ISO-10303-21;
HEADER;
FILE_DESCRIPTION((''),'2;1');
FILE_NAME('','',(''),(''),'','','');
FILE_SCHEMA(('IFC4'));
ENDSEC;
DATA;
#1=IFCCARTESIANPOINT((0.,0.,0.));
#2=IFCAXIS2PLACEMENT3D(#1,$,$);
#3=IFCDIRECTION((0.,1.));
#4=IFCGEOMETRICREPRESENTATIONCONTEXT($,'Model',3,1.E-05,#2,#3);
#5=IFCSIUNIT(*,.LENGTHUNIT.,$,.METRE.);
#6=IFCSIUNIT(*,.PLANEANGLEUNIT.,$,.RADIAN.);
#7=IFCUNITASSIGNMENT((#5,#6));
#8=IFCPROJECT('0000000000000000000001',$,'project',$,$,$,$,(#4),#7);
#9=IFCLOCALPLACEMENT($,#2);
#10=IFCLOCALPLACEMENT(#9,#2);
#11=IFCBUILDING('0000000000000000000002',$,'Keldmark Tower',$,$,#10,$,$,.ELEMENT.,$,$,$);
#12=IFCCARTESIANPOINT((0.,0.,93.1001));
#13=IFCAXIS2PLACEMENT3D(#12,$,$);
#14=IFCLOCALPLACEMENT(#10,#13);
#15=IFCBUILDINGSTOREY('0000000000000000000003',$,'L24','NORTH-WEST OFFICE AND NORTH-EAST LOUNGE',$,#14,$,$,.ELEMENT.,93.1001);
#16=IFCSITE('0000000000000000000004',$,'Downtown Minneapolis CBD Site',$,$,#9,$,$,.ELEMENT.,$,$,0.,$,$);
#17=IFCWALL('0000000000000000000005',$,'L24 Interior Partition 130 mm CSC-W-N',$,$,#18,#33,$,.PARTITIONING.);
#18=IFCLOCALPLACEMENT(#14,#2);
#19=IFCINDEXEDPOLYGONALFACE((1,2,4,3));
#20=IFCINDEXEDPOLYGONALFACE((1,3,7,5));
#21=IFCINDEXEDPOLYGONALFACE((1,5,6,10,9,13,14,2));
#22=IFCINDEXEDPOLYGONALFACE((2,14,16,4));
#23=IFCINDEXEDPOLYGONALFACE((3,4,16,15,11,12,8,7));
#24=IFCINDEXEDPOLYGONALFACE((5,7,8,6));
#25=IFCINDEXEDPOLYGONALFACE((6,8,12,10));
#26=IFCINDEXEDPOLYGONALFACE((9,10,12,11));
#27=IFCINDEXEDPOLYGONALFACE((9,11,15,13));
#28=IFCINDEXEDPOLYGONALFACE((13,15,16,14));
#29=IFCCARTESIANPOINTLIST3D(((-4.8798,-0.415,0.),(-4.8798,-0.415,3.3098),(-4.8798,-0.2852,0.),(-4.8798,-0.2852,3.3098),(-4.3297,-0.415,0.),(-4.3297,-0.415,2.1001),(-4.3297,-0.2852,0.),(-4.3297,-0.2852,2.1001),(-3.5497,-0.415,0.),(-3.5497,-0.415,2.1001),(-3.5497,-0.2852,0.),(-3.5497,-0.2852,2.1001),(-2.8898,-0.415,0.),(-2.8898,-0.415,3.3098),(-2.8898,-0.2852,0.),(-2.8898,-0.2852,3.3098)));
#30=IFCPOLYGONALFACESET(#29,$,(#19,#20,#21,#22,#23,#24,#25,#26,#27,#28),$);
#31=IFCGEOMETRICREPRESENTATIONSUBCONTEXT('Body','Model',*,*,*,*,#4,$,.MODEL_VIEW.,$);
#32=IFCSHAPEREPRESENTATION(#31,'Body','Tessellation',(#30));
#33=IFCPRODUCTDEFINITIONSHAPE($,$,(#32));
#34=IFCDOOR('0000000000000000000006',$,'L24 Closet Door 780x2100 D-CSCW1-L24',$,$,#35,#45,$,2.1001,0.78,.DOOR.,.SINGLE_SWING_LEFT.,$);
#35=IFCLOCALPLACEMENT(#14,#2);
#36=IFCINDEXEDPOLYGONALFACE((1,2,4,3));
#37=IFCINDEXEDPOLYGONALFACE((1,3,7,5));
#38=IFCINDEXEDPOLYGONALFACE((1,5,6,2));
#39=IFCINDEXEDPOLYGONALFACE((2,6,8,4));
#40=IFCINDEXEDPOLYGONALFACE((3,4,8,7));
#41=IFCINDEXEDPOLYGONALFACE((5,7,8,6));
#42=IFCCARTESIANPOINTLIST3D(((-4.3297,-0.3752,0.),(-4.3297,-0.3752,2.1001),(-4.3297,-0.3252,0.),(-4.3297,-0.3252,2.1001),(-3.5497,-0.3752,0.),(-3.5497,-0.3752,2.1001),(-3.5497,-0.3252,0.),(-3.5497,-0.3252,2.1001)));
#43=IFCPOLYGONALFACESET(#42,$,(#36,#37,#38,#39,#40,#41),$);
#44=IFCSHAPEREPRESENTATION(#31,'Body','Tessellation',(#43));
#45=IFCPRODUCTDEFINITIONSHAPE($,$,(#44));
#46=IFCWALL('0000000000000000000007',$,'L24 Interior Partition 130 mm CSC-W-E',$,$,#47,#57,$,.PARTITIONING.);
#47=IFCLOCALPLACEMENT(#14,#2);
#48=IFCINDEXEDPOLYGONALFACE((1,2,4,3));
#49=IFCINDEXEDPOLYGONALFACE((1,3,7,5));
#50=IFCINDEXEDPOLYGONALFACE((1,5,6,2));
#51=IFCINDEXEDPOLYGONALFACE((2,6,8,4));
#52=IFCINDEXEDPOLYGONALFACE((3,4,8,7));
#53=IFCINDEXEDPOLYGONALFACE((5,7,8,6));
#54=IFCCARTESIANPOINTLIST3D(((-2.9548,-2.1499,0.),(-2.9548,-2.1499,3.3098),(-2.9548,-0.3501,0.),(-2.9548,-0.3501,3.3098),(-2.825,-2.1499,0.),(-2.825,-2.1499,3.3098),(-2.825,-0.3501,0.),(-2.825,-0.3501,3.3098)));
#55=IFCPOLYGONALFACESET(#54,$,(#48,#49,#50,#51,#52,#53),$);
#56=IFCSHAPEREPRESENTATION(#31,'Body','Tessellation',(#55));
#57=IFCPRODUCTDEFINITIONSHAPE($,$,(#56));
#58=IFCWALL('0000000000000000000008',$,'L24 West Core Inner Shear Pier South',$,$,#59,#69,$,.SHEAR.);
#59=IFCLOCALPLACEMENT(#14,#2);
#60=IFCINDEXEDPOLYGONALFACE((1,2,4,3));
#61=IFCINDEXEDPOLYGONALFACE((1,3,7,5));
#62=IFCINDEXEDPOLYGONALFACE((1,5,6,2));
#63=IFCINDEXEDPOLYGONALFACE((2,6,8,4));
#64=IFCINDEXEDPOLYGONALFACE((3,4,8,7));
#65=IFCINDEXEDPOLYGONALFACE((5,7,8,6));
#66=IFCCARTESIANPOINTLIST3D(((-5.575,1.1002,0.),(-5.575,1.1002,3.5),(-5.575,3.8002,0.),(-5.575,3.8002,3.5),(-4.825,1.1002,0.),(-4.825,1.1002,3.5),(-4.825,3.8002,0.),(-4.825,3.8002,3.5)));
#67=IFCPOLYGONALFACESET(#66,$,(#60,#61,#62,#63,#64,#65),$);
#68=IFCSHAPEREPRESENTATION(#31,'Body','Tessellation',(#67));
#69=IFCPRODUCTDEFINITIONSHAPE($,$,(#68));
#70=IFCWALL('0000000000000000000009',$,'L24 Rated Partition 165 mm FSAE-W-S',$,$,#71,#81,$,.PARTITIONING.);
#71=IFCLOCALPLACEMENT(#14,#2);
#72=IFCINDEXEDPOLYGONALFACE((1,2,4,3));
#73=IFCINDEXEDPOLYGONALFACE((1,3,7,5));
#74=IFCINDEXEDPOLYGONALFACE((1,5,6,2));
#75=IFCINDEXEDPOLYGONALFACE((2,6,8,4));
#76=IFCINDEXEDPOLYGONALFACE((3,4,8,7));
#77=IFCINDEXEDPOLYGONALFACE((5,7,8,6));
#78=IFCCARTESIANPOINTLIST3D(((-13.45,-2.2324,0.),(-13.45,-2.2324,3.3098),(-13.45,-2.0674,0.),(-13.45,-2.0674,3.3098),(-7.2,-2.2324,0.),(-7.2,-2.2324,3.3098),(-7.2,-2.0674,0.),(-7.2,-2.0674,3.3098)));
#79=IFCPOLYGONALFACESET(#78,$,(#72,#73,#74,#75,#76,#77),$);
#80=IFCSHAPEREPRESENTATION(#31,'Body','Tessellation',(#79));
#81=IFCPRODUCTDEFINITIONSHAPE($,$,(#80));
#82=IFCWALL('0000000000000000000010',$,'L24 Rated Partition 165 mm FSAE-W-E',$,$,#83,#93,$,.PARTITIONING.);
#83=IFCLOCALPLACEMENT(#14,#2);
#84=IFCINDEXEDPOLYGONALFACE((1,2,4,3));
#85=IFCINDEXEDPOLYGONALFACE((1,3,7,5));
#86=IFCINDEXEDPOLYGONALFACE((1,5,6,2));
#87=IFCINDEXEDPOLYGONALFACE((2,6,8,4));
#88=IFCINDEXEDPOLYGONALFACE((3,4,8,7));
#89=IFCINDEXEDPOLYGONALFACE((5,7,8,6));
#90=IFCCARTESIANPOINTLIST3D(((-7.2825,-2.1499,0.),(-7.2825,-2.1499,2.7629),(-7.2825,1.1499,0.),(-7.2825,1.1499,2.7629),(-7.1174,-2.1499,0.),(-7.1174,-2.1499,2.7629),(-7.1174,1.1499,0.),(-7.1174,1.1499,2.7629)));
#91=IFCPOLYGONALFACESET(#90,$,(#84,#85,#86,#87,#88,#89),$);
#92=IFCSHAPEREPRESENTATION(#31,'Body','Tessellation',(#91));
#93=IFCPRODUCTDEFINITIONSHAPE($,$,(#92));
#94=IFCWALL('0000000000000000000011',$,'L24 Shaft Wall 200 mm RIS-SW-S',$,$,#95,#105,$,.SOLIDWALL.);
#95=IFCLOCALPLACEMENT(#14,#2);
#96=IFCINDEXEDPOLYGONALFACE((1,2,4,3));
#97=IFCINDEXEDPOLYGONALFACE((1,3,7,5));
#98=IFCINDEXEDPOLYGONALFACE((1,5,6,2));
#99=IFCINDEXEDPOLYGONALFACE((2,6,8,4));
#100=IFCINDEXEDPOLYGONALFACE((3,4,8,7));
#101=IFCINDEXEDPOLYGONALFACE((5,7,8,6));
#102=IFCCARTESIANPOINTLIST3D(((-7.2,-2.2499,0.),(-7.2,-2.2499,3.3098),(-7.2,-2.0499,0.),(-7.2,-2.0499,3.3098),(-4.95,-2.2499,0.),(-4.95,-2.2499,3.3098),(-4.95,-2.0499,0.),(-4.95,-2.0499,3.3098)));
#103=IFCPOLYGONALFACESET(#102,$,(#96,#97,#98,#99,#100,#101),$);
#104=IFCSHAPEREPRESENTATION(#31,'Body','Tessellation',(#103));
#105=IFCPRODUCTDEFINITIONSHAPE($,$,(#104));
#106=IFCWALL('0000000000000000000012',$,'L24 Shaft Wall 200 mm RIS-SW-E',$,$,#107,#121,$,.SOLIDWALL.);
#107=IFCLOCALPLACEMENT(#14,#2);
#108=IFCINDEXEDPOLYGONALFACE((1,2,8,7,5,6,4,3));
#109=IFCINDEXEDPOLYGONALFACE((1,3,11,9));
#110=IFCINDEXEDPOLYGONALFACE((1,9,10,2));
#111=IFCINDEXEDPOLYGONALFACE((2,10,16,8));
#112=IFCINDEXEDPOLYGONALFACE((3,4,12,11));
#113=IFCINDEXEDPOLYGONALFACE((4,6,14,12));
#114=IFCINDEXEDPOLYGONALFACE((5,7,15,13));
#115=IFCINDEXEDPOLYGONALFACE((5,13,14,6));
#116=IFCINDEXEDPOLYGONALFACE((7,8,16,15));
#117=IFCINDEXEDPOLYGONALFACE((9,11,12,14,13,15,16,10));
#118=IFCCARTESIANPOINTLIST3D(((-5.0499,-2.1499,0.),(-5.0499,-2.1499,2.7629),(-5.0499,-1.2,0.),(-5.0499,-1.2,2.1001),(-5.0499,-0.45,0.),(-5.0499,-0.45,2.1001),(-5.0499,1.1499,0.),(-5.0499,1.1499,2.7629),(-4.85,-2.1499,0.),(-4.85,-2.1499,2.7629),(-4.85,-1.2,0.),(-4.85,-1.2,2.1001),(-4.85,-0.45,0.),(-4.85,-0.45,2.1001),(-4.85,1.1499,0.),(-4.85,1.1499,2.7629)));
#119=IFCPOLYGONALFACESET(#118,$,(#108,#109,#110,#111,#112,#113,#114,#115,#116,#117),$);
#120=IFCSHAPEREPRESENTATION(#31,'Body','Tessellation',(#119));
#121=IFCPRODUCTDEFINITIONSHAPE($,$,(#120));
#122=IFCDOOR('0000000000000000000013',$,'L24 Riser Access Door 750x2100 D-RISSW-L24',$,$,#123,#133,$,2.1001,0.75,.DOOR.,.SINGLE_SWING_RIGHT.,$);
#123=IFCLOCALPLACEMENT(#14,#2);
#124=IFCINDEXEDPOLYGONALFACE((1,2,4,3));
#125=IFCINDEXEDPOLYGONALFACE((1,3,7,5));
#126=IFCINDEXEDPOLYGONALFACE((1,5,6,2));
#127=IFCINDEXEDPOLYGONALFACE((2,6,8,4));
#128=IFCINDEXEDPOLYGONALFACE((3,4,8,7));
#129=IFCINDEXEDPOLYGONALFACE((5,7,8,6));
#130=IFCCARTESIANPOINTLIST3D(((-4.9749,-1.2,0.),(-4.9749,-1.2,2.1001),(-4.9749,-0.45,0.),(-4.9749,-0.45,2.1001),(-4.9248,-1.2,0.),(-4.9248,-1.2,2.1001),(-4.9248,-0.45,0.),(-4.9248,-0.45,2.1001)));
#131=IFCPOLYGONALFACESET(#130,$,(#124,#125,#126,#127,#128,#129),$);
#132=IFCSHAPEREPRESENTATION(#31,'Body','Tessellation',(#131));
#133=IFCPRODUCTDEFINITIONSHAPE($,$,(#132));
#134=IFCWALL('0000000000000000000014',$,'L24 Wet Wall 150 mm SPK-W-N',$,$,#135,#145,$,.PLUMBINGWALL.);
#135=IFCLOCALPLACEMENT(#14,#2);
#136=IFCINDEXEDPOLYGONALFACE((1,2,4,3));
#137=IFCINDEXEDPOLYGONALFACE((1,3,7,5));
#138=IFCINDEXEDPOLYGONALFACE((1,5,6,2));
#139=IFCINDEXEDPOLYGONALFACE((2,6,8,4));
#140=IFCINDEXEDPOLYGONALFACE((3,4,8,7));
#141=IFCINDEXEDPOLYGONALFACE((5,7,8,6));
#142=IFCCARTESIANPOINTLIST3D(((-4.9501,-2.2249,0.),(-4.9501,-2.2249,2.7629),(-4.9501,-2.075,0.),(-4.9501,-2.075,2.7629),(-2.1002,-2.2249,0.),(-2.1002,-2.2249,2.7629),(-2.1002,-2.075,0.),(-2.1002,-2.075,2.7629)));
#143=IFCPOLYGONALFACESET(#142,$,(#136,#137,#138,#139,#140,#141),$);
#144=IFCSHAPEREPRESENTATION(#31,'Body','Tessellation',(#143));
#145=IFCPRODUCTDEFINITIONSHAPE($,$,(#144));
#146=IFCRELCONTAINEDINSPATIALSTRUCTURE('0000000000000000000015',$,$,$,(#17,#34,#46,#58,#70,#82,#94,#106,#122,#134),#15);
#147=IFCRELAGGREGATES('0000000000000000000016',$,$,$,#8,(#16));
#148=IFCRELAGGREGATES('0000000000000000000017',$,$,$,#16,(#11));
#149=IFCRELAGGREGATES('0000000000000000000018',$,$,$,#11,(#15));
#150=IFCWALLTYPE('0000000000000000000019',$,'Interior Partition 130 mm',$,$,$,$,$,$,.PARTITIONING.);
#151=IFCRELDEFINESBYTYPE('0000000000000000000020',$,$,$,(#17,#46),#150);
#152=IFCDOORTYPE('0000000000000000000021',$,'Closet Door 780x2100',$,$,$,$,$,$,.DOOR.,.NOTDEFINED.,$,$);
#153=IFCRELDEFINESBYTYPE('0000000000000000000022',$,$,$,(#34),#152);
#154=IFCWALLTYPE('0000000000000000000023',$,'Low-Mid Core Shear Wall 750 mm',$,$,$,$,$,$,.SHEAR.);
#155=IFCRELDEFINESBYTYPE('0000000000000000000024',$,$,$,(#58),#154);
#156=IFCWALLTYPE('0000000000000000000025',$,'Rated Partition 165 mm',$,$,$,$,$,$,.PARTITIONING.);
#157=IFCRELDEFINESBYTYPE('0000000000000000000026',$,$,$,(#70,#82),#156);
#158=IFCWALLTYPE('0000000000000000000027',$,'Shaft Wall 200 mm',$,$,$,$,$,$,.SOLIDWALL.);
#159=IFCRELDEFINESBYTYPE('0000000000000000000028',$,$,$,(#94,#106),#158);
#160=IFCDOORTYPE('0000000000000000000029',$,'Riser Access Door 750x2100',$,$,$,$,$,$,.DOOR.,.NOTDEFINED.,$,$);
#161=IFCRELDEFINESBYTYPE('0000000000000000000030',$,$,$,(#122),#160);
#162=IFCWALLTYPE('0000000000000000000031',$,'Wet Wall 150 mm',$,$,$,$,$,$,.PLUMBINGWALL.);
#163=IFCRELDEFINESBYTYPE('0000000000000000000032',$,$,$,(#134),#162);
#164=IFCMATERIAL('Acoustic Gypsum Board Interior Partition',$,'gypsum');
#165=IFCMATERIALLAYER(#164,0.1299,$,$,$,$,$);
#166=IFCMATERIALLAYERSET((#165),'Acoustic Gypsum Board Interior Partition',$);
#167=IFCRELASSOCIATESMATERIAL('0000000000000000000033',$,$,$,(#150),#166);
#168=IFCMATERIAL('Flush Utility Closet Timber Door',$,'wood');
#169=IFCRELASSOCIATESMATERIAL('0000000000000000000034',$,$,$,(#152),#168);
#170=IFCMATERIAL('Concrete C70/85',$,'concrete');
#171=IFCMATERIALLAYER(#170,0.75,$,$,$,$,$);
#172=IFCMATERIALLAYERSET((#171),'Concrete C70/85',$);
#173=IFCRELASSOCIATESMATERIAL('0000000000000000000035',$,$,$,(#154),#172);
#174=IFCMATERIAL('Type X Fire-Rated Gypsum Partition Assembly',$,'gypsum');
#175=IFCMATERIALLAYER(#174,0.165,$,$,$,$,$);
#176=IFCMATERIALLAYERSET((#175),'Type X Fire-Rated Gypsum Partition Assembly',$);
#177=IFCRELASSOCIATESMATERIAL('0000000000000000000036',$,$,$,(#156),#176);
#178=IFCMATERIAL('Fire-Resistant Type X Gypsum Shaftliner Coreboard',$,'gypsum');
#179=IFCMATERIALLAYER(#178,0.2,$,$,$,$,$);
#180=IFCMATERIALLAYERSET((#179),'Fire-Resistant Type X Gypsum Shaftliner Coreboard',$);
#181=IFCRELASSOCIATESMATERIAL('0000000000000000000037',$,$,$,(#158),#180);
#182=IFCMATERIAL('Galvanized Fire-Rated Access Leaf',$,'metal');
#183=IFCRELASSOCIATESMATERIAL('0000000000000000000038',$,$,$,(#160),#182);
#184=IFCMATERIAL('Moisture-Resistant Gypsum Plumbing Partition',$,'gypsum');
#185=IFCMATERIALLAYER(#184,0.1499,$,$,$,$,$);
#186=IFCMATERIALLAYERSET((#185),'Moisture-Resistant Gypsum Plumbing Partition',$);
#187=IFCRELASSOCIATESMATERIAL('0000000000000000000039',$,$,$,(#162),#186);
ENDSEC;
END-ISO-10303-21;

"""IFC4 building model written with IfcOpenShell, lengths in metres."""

from ifc_helpers import new_model, si_unit, direction, frame, frame_2d, origin, place, context, subcontext, project, spatial, rectangle, extrude, material, layer, layer_set, type_object, element, fill, save


model = new_model("IFC4")

# Units and contexts
model_context = context("Model", 3, precision=1e-05, world=origin(), true_north=direction((0.0, 1.0)))
body_context = subcontext(model_context, "Body", "Model", "MODEL_VIEW")
ifc_project = project(units=[si_unit("LENGTHUNIT", "METRE"), si_unit("PLANEANGLEUNIT", "RADIAN")], contexts=[model_context])

# Site, building, storey
site_placement = place(None, origin())
site = spatial("IfcSite", under=ifc_project, at=site_placement, Name="Downtown Minneapolis CBD Site", CompositionType="ELEMENT", RefElevation=0.0)
building_placement = place(site_placement, origin())
building = spatial("IfcBuilding", under=site, at=building_placement, Name="Keldmark Tower", CompositionType="ELEMENT")
storey_placement = place(building_placement, frame((0.0, 0.0, 93.1001)))
storey = spatial("IfcBuildingStorey", under=building, at=storey_placement, Name="L24", Description="NORTH-WEST OFFICE AND NORTH-EAST LOUNGE", CompositionType="ELEMENT", Elevation=93.1001)

# Wall, opening, door
ifc_material_1 = material(Name="Acoustic Gypsum Board Interior Partition", Category="gypsum")
ifc_layer_1 = layer(ifc_material_1, 0.1299)
ifc_layer_set_1 = layer_set([ifc_layer_1], Name="Acoustic Gypsum Board Interior Partition")
wall_type_1 = type_object("IfcWallType", Name="Interior Partition 130 mm", PredefinedType="PARTITIONING", material=ifc_layer_set_1)
wall_1_placement = place(storey_placement, frame((-4.8799, -0.3501, 0.0), z_axis=(0.0, 0.0, 1.0), x_axis=(1.0, 0.0, 0.0)))
wall_1 = element("IfcWall", 1, at=wall_1_placement, inside=storey, type_object=wall_type_1, Name="L24 Interior Partition 130 mm CSC-W-N", PredefinedType="PARTITIONING", context=body_context, shape_type="SweptSolid", body=[
    extrude(rectangle(XDim=1.99, YDim=0.1299, at=frame_2d((0.9951, 0.0))), origin(), (0.0, 0.0, 1.0), 3.3098),
])
opening_1_placement = place(wall_1_placement, frame((0.55, 0.0, 0.0)))
opening_1 = element("IfcOpeningElement", 2, at=opening_1_placement, cuts=wall_1, PredefinedType="OPENING", context=body_context, shape_type="SweptSolid", body=[
    extrude(rectangle(XDim=0.78, YDim=2.1001, at=frame_2d((0.3901, 1.05))), frame((0.0, 0.075, 0.0), z_axis=(0.0, -1.0, 0.0), x_axis=(1.0, 0.0, 0.0)), (0.0, 0.0, 1.0), 0.1499),
])
ifc_material_2 = material(Name="Flush Utility Closet Timber Door", Category="wood")
door_type_1 = type_object("IfcDoorType", Name="Closet Door 780x2100", OperationType="NOTDEFINED", PredefinedType="DOOR", material=ifc_material_2)
door_1_placement = place(opening_1_placement, origin())
door_1 = element("IfcDoor", 3, at=door_1_placement, inside=storey, type_object=door_type_1, Name="L24 Closet Door 780x2100 D-CSCW1-L24", OperationType="SINGLE_SWING_LEFT", OverallHeight=2.1001, OverallWidth=0.78, PredefinedType="DOOR", context=body_context, shape_type="SweptSolid", body=[
    extrude(rectangle(XDim=0.78, YDim=2.1001, at=frame_2d((0.3901, 1.05))), frame((0.0, 0.0249, 0.0), z_axis=(0.0, -1.0, 0.0), x_axis=(1.0, 0.0, 0.0)), (0.0, 0.0, 1.0), 0.05),
])
fill(opening_1, door_1)

# Walls
wall_2_placement = place(storey_placement, frame((-2.8899, -2.1499, 0.0), z_axis=(0.0, 0.0, 1.0), x_axis=(0.0, 1.0, 0.0)))
element("IfcWall", 4, at=wall_2_placement, inside=storey, type_object=wall_type_1, Name="L24 Interior Partition 130 mm CSC-W-E", PredefinedType="PARTITIONING", context=body_context, shape_type="SweptSolid", body=[
    extrude(rectangle(XDim=1.7998, YDim=0.1299, at=frame_2d((0.8999, 0.0))), origin(), (0.0, 0.0, 1.0), 3.3098),
])
ifc_material_3 = material(Name="Concrete C70/85", Category="concrete")
ifc_layer_2 = layer(ifc_material_3, 0.75)
ifc_layer_set_2 = layer_set([ifc_layer_2], Name="Concrete C70/85")
wall_type_2 = type_object("IfcWallType", Name="Low-Mid Core Shear Wall 750 mm", PredefinedType="SHEAR", material=ifc_layer_set_2)
wall_3_placement = place(storey_placement, frame((-5.2, 1.1001, 0.0), z_axis=(0.0, 0.0, 1.0), x_axis=(0.0, 1.0, 0.0)))
element("IfcWall", 5, at=wall_3_placement, inside=storey, type_object=wall_type_2, Name="L24 West Core Inner Shear Pier South", PredefinedType="SHEAR", context=body_context, shape_type="SweptSolid", body=[
    extrude(rectangle(XDim=2.7, YDim=0.75, at=frame_2d((1.3501, 0.0))), origin(), (0.0, 0.0, 1.0), 3.5),
])
ifc_material_4 = material(Name="Type X Fire-Rated Gypsum Partition Assembly", Category="gypsum")
ifc_layer_3 = layer(ifc_material_4, 0.165)
ifc_layer_set_3 = layer_set([ifc_layer_3], Name="Type X Fire-Rated Gypsum Partition Assembly")
wall_type_3 = type_object("IfcWallType", Name="Rated Partition 165 mm", PredefinedType="PARTITIONING", material=ifc_layer_set_3)
wall_4_placement = place(storey_placement, frame((-13.45, -2.1499, 0.0), z_axis=(0.0, 0.0, 1.0), x_axis=(1.0, 0.0, 0.0)))
element("IfcWall", 6, at=wall_4_placement, inside=storey, type_object=wall_type_3, Name="L24 Rated Partition 165 mm FSAE-W-S", PredefinedType="PARTITIONING", context=body_context, shape_type="SweptSolid", body=[
    extrude(rectangle(XDim=6.25, YDim=0.165, at=frame_2d((3.125, 0.0))), origin(), (0.0, 0.0, 1.0), 3.3098),
])

# Walls
wall_5_placement = place(storey_placement, frame((-7.2, -2.1499, 0.0), z_axis=(0.0, 0.0, 1.0), x_axis=(0.0, 1.0, 0.0)))
element("IfcWall", 7, at=wall_5_placement, inside=storey, type_object=wall_type_3, Name="L24 Rated Partition 165 mm FSAE-W-E", PredefinedType="PARTITIONING", context=body_context, shape_type="SweptSolid", body=[
    extrude(rectangle(XDim=3.2998, YDim=0.165, at=frame_2d((1.6499, 0.0))), origin(), (0.0, 0.0, 1.0), 2.7629),
])
ifc_material_5 = material(Name="Fire-Resistant Type X Gypsum Shaftliner Coreboard", Category="gypsum")
ifc_layer_4 = layer(ifc_material_5, 0.2)
ifc_layer_set_4 = layer_set([ifc_layer_4], Name="Fire-Resistant Type X Gypsum Shaftliner Coreboard")
wall_type_4 = type_object("IfcWallType", Name="Shaft Wall 200 mm", PredefinedType="SOLIDWALL", material=ifc_layer_set_4)
wall_6_placement = place(storey_placement, frame((-7.2, -2.1499, 0.0), z_axis=(0.0, 0.0, 1.0), x_axis=(1.0, 0.0, 0.0)))
element("IfcWall", 8, at=wall_6_placement, inside=storey, type_object=wall_type_4, Name="L24 Shaft Wall 200 mm RIS-SW-S", PredefinedType="SOLIDWALL", context=body_context, shape_type="SweptSolid", body=[
    extrude(rectangle(XDim=2.25, YDim=0.2, at=frame_2d((1.125, 0.0))), origin(), (0.0, 0.0, 1.0), 3.3098),
])

# Wall, opening, door
wall_7_placement = place(storey_placement, frame((-4.95, -2.1499, 0.0), z_axis=(0.0, 0.0, 1.0), x_axis=(0.0, 1.0, 0.0)))
wall_7 = element("IfcWall", 9, at=wall_7_placement, inside=storey, type_object=wall_type_4, Name="L24 Shaft Wall 200 mm RIS-SW-E", PredefinedType="SOLIDWALL", context=body_context, shape_type="SweptSolid", body=[
    extrude(rectangle(XDim=3.2998, YDim=0.2, at=frame_2d((1.6499, 0.0))), origin(), (0.0, 0.0, 1.0), 2.7629),
])
opening_2_placement = place(wall_7_placement, frame((0.95, 0.0, 0.0)))
opening_2 = element("IfcOpeningElement", 10, at=opening_2_placement, cuts=wall_7, PredefinedType="OPENING", context=body_context, shape_type="SweptSolid", body=[
    extrude(rectangle(XDim=0.75, YDim=2.1001, at=frame_2d((0.375, 1.05))), frame((0.0, 0.1099, 0.0), z_axis=(0.0, -1.0, 0.0), x_axis=(1.0, 0.0, 0.0)), (0.0, 0.0, 1.0), 0.22),
])
ifc_material_6 = material(Name="Galvanized Fire-Rated Access Leaf", Category="metal")
door_type_2 = type_object("IfcDoorType", Name="Riser Access Door 750x2100", OperationType="NOTDEFINED", PredefinedType="DOOR", material=ifc_material_6)
door_2_placement = place(opening_2_placement, origin())
door_2 = element("IfcDoor", 11, at=door_2_placement, inside=storey, type_object=door_type_2, Name="L24 Riser Access Door 750x2100 D-RISSW-L24", OperationType="SINGLE_SWING_RIGHT", OverallHeight=2.1001, OverallWidth=0.75, PredefinedType="DOOR", context=body_context, shape_type="SweptSolid", body=[
    extrude(rectangle(XDim=0.75, YDim=2.1001, at=frame_2d((0.375, 1.05))), frame((0.0, 0.0249, 0.0), z_axis=(0.0, -1.0, 0.0), x_axis=(1.0, 0.0, 0.0)), (0.0, 0.0, 1.0), 0.05),
])
fill(opening_2, door_2)

# Wall
ifc_material_7 = material(Name="Moisture-Resistant Gypsum Plumbing Partition", Category="gypsum")
ifc_layer_5 = layer(ifc_material_7, 0.1499)
ifc_layer_set_5 = layer_set([ifc_layer_5], Name="Moisture-Resistant Gypsum Plumbing Partition")
wall_type_5 = type_object("IfcWallType", Name="Wet Wall 150 mm", PredefinedType="PLUMBINGWALL", material=ifc_layer_set_5)
wall_8_placement = place(storey_placement, frame((-4.95, -2.1499, 0.0), z_axis=(0.0, 0.0, 1.0), x_axis=(1.0, 0.0, 0.0)))
element("IfcWall", 12, at=wall_8_placement, inside=storey, type_object=wall_type_5, Name="L24 Wet Wall 150 mm SPK-W-N", PredefinedType="PLUMBINGWALL", context=body_context, shape_type="SweptSolid", body=[
    extrude(rectangle(XDim=2.8499, YDim=0.1499, at=frame_2d((1.4248, 0.0))), origin(), (0.0, 0.0, 1.0), 2.7629),
])

save(model, "model.ifc")
